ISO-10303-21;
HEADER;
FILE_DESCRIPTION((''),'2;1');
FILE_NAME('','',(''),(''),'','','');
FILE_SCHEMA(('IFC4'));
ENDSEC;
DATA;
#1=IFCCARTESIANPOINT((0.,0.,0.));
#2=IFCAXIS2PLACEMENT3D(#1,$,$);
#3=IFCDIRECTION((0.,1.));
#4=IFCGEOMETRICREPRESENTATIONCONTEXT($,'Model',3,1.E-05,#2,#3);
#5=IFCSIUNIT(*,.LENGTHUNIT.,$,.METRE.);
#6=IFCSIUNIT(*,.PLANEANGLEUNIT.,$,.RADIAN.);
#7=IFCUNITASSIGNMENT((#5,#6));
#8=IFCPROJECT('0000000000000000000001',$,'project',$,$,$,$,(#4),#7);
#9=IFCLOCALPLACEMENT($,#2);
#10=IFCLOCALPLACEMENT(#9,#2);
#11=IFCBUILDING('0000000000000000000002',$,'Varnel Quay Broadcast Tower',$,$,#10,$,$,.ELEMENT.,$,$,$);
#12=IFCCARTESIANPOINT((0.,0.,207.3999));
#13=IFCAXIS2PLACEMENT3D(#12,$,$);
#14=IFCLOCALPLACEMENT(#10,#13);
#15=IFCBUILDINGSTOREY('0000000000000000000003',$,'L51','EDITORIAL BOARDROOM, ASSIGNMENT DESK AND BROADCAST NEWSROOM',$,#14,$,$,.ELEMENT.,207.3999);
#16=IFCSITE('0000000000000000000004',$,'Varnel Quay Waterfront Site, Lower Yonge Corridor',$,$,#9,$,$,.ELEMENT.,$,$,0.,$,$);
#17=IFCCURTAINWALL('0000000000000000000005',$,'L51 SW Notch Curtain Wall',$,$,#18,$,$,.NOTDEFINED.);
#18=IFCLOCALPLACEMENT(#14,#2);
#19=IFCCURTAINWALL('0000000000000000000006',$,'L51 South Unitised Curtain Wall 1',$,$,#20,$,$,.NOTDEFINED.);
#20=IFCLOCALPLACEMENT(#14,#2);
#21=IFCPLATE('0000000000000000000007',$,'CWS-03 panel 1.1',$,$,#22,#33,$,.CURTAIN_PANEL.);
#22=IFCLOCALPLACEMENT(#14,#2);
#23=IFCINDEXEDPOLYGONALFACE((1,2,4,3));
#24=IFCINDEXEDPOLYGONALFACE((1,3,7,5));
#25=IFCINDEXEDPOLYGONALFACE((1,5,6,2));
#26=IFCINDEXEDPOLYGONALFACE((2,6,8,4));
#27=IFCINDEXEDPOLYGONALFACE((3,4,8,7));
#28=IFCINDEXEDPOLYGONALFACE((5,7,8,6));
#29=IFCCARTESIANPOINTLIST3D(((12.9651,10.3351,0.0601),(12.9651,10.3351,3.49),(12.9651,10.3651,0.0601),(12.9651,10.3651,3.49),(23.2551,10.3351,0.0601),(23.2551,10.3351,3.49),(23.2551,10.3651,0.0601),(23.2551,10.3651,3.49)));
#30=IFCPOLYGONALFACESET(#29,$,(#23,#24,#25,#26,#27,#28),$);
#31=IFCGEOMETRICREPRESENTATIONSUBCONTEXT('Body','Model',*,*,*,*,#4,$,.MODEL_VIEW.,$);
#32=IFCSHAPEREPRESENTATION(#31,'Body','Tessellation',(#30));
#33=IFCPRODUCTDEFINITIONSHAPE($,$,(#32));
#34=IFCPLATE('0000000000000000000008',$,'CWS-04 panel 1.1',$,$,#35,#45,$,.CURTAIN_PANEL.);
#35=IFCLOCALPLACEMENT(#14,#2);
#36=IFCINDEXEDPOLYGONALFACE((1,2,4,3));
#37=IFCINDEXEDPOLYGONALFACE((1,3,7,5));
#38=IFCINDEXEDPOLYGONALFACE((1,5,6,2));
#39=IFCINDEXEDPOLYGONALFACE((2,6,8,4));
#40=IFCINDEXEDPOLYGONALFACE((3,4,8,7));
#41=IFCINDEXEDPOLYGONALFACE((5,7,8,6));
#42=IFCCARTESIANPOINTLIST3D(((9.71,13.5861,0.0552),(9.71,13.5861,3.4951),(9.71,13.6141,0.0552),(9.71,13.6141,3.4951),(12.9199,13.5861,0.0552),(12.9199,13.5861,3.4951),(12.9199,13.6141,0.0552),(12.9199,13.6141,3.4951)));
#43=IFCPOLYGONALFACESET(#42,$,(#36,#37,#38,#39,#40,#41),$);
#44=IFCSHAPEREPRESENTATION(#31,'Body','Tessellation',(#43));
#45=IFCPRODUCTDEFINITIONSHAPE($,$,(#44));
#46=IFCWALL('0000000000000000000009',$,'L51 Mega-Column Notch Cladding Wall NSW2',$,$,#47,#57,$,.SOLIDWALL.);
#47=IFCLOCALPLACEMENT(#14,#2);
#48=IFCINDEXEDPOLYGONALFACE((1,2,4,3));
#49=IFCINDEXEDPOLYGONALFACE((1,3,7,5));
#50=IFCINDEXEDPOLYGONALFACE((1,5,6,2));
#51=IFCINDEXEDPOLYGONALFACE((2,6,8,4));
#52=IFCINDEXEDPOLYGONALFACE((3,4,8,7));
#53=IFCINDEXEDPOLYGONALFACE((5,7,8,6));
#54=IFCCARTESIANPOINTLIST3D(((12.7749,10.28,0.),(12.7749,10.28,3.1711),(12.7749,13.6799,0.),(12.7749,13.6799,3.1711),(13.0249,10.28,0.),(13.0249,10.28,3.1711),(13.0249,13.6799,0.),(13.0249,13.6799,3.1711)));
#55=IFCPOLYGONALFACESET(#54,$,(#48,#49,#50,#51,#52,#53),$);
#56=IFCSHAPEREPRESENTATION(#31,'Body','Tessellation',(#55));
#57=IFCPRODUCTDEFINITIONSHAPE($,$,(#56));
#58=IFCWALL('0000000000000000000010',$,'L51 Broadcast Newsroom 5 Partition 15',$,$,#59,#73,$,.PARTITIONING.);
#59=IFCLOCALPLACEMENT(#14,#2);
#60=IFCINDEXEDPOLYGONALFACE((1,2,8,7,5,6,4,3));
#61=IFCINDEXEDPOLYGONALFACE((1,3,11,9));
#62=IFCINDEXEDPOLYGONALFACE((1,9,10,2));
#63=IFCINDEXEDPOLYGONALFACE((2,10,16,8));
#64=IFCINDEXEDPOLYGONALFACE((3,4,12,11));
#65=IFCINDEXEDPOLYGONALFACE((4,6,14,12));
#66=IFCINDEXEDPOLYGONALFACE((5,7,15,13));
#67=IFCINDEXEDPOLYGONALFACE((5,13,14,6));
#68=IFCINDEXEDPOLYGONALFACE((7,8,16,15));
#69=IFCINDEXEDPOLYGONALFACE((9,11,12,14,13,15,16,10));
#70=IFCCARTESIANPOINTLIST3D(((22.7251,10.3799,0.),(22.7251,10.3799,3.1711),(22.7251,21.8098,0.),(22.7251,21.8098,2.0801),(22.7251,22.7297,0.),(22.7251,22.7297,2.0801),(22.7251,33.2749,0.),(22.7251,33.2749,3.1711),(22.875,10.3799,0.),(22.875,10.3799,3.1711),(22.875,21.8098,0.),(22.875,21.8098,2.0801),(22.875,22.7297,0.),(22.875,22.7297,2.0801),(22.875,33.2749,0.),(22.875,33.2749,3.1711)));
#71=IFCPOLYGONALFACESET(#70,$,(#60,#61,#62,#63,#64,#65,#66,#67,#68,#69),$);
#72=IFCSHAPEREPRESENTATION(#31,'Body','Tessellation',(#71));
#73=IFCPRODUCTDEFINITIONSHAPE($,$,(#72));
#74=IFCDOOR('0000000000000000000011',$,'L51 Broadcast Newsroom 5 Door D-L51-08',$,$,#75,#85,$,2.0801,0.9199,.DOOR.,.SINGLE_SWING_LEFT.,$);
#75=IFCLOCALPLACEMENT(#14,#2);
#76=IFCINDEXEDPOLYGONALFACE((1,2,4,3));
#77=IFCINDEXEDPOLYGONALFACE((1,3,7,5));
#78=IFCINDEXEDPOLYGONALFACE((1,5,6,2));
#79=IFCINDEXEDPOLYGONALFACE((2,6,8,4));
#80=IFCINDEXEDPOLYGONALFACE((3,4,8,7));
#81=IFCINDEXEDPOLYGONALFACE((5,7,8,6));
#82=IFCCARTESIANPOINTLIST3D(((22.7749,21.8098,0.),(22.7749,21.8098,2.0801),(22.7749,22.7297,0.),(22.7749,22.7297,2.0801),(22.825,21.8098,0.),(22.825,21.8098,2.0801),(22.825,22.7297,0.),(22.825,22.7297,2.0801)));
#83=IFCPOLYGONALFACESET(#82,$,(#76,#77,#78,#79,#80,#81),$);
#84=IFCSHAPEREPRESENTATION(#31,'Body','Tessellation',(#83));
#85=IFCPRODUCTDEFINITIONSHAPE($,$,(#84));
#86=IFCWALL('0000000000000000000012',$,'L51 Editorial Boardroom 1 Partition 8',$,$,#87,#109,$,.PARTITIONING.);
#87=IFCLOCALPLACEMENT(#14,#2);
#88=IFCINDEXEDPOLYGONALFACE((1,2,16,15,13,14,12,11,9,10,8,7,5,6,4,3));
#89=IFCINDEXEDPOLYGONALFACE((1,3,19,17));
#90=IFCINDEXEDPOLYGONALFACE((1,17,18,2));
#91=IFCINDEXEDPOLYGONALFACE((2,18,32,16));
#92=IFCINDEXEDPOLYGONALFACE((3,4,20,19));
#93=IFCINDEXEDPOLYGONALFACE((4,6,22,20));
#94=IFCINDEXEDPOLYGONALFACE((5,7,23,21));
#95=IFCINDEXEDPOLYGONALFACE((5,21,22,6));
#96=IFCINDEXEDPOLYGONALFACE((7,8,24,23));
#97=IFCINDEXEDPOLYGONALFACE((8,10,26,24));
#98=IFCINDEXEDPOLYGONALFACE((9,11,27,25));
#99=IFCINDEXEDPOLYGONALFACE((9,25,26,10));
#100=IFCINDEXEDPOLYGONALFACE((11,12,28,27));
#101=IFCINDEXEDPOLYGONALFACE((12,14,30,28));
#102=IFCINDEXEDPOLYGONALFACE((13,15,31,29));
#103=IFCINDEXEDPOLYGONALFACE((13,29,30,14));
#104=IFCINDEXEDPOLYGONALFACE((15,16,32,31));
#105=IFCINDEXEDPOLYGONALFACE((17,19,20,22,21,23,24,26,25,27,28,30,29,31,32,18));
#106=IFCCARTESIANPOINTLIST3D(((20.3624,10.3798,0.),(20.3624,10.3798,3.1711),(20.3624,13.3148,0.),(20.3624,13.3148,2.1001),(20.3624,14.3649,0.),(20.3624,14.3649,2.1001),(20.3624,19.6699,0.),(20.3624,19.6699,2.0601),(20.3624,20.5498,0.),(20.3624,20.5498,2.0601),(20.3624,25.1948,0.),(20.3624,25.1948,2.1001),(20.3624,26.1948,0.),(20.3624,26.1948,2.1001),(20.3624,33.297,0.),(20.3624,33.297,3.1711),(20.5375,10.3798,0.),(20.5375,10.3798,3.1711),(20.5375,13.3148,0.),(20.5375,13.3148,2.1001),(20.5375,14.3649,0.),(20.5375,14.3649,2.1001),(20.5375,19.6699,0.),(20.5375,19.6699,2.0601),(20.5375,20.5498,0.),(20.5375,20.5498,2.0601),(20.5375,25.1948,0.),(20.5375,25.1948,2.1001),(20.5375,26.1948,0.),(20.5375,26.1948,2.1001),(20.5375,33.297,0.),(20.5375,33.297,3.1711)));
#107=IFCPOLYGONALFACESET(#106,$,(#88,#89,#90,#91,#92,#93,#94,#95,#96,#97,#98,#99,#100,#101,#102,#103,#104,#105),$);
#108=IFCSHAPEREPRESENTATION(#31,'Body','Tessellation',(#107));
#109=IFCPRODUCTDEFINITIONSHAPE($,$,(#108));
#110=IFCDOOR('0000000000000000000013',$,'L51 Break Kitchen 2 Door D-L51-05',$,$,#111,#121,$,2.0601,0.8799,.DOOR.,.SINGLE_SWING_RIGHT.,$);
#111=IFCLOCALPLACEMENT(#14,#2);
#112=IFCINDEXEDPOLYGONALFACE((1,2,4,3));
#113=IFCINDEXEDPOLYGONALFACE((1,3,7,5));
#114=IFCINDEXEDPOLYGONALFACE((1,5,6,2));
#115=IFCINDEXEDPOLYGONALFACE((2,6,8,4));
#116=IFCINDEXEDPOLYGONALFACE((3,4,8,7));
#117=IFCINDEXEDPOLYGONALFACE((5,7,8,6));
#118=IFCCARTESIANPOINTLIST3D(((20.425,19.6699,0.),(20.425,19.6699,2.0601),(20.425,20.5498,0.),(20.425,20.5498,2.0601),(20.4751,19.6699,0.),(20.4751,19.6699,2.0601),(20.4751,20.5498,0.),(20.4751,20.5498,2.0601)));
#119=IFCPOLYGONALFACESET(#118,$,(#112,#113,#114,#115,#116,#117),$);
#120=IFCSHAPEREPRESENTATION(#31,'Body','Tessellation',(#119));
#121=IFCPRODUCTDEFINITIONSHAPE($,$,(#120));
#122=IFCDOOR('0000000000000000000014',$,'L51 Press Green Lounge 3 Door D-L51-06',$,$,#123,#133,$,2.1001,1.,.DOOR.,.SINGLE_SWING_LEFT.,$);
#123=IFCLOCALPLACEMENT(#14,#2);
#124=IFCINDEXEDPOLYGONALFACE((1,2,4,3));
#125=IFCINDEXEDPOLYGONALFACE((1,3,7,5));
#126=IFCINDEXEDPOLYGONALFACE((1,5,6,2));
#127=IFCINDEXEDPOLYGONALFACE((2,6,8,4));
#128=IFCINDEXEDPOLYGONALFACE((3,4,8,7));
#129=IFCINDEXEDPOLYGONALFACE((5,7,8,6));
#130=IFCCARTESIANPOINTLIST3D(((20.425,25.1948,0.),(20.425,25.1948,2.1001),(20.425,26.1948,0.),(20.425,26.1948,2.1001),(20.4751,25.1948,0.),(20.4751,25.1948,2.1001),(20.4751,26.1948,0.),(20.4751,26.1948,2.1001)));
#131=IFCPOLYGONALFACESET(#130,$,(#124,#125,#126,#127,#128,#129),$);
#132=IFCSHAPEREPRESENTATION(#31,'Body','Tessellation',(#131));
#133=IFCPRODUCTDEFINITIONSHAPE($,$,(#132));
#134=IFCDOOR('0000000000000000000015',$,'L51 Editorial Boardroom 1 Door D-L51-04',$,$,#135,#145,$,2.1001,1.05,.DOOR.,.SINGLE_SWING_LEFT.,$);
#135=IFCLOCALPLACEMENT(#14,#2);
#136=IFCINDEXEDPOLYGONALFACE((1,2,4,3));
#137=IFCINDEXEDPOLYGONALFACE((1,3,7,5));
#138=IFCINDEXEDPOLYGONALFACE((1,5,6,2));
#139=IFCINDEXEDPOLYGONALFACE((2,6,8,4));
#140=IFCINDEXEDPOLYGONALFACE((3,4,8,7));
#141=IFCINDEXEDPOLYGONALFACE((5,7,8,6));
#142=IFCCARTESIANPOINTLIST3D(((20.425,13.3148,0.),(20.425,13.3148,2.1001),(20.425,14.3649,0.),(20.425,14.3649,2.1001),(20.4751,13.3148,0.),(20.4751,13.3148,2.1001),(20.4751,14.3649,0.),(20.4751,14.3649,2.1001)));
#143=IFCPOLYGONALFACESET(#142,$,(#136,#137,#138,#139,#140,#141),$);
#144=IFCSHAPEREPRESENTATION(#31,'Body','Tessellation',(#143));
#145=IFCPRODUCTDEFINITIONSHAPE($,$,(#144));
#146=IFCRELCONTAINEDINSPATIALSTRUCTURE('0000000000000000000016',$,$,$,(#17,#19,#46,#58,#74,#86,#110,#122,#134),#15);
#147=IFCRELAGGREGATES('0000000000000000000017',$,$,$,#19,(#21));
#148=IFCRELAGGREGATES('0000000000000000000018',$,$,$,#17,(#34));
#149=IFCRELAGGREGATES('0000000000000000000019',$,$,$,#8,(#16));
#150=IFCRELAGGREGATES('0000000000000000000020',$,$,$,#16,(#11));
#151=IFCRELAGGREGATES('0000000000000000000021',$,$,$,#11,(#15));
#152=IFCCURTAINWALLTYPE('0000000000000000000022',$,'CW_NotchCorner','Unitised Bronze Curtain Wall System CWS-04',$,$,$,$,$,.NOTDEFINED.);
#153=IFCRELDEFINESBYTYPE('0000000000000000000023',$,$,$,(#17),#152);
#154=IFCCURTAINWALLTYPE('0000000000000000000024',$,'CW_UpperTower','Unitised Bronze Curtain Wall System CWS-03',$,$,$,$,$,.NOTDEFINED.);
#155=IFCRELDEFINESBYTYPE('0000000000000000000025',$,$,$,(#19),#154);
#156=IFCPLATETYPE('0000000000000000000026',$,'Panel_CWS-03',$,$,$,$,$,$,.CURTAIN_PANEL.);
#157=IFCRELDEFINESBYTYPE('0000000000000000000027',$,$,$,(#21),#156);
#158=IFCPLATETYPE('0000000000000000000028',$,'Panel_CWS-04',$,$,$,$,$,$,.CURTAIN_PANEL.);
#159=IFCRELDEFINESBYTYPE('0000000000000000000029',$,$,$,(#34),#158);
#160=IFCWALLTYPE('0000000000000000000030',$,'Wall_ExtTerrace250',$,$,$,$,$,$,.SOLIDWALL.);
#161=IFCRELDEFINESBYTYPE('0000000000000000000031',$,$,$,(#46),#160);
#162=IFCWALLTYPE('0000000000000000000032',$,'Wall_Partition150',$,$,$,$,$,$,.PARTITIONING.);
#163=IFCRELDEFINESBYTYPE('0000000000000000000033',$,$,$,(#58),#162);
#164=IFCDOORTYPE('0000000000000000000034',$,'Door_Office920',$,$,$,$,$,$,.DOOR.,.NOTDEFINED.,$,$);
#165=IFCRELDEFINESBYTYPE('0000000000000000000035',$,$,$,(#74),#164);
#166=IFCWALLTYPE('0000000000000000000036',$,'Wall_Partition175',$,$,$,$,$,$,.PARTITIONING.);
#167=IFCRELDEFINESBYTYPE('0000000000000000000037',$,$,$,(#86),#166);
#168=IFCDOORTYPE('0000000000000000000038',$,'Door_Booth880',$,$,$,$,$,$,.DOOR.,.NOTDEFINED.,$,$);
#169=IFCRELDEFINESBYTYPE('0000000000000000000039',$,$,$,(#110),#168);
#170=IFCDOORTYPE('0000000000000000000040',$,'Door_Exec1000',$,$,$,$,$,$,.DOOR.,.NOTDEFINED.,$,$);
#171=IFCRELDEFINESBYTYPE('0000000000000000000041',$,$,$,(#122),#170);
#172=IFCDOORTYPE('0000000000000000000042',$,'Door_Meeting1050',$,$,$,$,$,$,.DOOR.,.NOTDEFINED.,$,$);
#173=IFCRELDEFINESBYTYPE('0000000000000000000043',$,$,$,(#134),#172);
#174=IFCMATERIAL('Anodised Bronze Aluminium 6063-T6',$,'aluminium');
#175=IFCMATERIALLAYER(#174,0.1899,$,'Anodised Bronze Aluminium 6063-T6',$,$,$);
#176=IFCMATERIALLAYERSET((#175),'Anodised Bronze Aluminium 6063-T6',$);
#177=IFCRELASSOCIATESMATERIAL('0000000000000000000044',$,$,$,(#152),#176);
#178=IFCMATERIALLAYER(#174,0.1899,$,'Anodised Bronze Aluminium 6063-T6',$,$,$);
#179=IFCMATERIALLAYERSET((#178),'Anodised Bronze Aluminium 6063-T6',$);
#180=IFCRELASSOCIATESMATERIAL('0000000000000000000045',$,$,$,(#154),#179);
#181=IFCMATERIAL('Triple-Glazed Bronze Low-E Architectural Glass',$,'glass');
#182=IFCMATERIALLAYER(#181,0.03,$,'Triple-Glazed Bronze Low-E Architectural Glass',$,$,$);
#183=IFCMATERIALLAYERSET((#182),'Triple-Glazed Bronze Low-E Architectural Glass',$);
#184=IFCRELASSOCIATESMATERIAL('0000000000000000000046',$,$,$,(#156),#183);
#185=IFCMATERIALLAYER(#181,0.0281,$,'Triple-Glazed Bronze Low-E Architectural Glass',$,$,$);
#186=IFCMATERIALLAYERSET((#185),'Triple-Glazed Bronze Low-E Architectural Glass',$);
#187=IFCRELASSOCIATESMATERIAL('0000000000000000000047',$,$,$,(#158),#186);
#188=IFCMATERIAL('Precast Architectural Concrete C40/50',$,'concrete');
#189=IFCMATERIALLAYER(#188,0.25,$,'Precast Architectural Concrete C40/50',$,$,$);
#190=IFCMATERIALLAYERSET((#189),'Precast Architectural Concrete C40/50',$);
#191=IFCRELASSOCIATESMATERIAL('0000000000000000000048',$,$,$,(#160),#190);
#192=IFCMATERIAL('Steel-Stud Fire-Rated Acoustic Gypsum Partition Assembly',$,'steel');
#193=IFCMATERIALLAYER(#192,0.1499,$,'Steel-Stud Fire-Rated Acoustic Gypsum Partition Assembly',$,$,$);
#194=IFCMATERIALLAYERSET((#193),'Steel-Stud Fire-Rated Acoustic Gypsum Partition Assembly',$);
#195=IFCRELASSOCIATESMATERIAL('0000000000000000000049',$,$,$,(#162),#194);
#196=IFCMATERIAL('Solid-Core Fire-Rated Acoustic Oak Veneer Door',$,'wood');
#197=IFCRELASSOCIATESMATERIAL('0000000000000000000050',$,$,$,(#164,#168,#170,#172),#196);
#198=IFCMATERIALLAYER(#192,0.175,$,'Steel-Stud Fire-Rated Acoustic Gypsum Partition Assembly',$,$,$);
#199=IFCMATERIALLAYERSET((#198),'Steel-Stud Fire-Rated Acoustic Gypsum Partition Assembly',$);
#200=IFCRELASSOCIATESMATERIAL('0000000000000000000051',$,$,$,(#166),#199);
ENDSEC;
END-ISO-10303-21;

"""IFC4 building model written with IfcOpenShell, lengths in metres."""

from ifc_helpers import new_model, si_unit, direction, frame, frame_2d, origin, origin_2d, place, context, subcontext, project, spatial, rectangle, extrude, source, transform, mapped, material, layer, layer_set, type_object, type_shapes, element, fill, aggregate, save


model = new_model("IFC4")

# Units and contexts
model_context = context("Model", 3, precision=1e-05, world=origin(), true_north=direction((0.0, 1.0)))
body_context = subcontext(model_context, "Body", "Model", "MODEL_VIEW")
ifc_project = project(units=[si_unit("LENGTHUNIT", "METRE"), si_unit("PLANEANGLEUNIT", "RADIAN")], contexts=[model_context])

# Site, building, storey
site_placement = place(None, origin())
site = spatial("IfcSite", under=ifc_project, at=site_placement, Name="Varnel Quay Waterfront Site, Lower Yonge Corridor", CompositionType="ELEMENT", RefElevation=0.0)
building_placement = place(site_placement, origin())
building = spatial("IfcBuilding", under=site, at=building_placement, Name="Varnel Quay Broadcast Tower", CompositionType="ELEMENT")
storey_placement = place(building_placement, frame((0.0, 0.0, 207.3999)))
storey = spatial("IfcBuildingStorey", under=building, at=storey_placement, Name="L51", Description="EDITORIAL BOARDROOM, ASSIGNMENT DESK AND BROADCAST NEWSROOM", CompositionType="ELEMENT", Elevation=207.3999)

# Curtain wall
ifc_material_1 = material(Name="Anodised Bronze Aluminium 6063-T6", Category="aluminium")
ifc_layer_1 = layer(ifc_material_1, 0.1899, Name="Anodised Bronze Aluminium 6063-T6")
ifc_layer_set_1 = layer_set([ifc_layer_1], Name="Anodised Bronze Aluminium 6063-T6")
curtain_wall_type_1 = type_object("IfcCurtainWallType", Name="CW_NotchCorner", Description="Unitised Bronze Curtain Wall System CWS-04", PredefinedType="NOTDEFINED", material=ifc_layer_set_1)
curtain_wall_1_placement = place(storey_placement, origin())
curtain_wall_1 = element("IfcCurtainWall", 1, at=curtain_wall_1_placement, inside=storey, type_object=curtain_wall_type_1, Name="L51 SW Notch Curtain Wall", PredefinedType="NOTDEFINED")

# Curtain wall
ifc_layer_2 = layer(ifc_material_1, 0.1899, Name="Anodised Bronze Aluminium 6063-T6")
ifc_layer_set_2 = layer_set([ifc_layer_2], Name="Anodised Bronze Aluminium 6063-T6")
curtain_wall_type_2 = type_object("IfcCurtainWallType", Name="CW_UpperTower", Description="Unitised Bronze Curtain Wall System CWS-03", PredefinedType="NOTDEFINED", material=ifc_layer_set_2)
curtain_wall_2_placement = place(storey_placement, origin())
curtain_wall_2 = element("IfcCurtainWall", 2, at=curtain_wall_2_placement, inside=storey, type_object=curtain_wall_type_2, Name="L51 South Unitised Curtain Wall 1", PredefinedType="NOTDEFINED")

# Plates
ifc_material_2 = material(Name="Triple-Glazed Bronze Low-E Architectural Glass", Category="glass")
ifc_layer_3 = layer(ifc_material_2, 0.03, Name="Triple-Glazed Bronze Low-E Architectural Glass")
ifc_layer_set_3 = layer_set([ifc_layer_3], Name="Triple-Glazed Bronze Low-E Architectural Glass")
plate_type_1 = type_object("IfcPlateType", Name="Panel_CWS-03", PredefinedType="CURTAIN_PANEL", material=ifc_layer_set_3)
shared_shape_1 = source(origin(), body_context, "Body", "SweptSolid", [
    extrude(rectangle(XDim=10.29, YDim=0.03, at=origin_2d()), origin(), (0.0, 0.0, 1.0), 3.4299),
])
type_shapes(plate_type_1, [shared_shape_1])
plate_1_placement = place(storey_placement, frame((18.1101, 10.3501, 0.0601), z_axis=(0.0, 0.0, 1.0), x_axis=(1.0, 0.0, 0.0)))
plate_1 = element("IfcPlate", 3, at=plate_1_placement, type_object=plate_type_1, Name="CWS-03 panel 1.1", PredefinedType="CURTAIN_PANEL", context=body_context, shape_type="MappedRepresentation", body=[
    mapped(shared_shape_1, transform((0.0, 0.0, 0.0), x_axis=(1.0, 0.0, 0.0), y_axis=(0.0, 1.0, 0.0), z_axis=(0.0, 0.0, 1.0), scale=1.0)),
])
aggregate(curtain_wall_2, [plate_1])
ifc_layer_4 = layer(ifc_material_2, 0.0281, Name="Triple-Glazed Bronze Low-E Architectural Glass")
ifc_layer_set_4 = layer_set([ifc_layer_4], Name="Triple-Glazed Bronze Low-E Architectural Glass")
plate_type_2 = type_object("IfcPlateType", Name="Panel_CWS-04", PredefinedType="CURTAIN_PANEL", material=ifc_layer_set_4)
shared_shape_2 = source(origin(), body_context, "Body", "SweptSolid", [
    extrude(rectangle(XDim=3.21, YDim=0.0281, at=origin_2d()), origin(), (0.0, 0.0, 1.0), 3.4399),
])
type_shapes(plate_type_2, [shared_shape_2])
plate_2_placement = place(storey_placement, frame((11.3149, 13.6001, 0.0552), z_axis=(0.0, 0.0, 1.0), x_axis=(1.0, 0.0, 0.0)))
plate_2 = element("IfcPlate", 4, at=plate_2_placement, type_object=plate_type_2, Name="CWS-04 panel 1.1", PredefinedType="CURTAIN_PANEL", context=body_context, shape_type="MappedRepresentation", body=[
    mapped(shared_shape_2, transform((0.0, 0.0, 0.0), x_axis=(1.0, 0.0, 0.0), y_axis=(0.0, 1.0, 0.0), z_axis=(0.0, 0.0, 1.0), scale=1.0)),
])
aggregate(curtain_wall_1, [plate_2])

# Shared definitions
ifc_material_3 = material(Name="Precast Architectural Concrete C40/50", Category="concrete")
ifc_layer_5 = layer(ifc_material_3, 0.25, Name="Precast Architectural Concrete C40/50")
ifc_layer_set_5 = layer_set([ifc_layer_5], Name="Precast Architectural Concrete C40/50")
wall_type_1 = type_object("IfcWallType", Name="Wall_ExtTerrace250", PredefinedType="SOLIDWALL", material=ifc_layer_set_5)

# Wall
wall_1_placement = place(storey_placement, frame((12.8999, 10.28, 0.0), z_axis=(0.0, 0.0, 1.0), x_axis=(0.0, 1.0, 0.0)))
element("IfcWall", 5, at=wall_1_placement, inside=storey, type_object=wall_type_1, Name="L51 Mega-Column Notch Cladding Wall NSW2", PredefinedType="SOLIDWALL", context=body_context, shape_type="SweptSolid", body=[
    extrude(rectangle(XDim=3.3999, YDim=0.25, at=frame_2d((1.7, 0.0))), origin(), (0.0, 0.0, 1.0), 3.1711),
])

# Wall, opening, door
ifc_material_4 = material(Name="Steel-Stud Fire-Rated Acoustic Gypsum Partition Assembly", Category="steel")
ifc_layer_6 = layer(ifc_material_4, 0.1499, Name="Steel-Stud Fire-Rated Acoustic Gypsum Partition Assembly")
ifc_layer_set_6 = layer_set([ifc_layer_6], Name="Steel-Stud Fire-Rated Acoustic Gypsum Partition Assembly")
wall_type_2 = type_object("IfcWallType", Name="Wall_Partition150", PredefinedType="PARTITIONING", material=ifc_layer_set_6)
wall_2_placement = place(storey_placement, frame((22.8, 10.3799, 0.0), z_axis=(0.0, 0.0, 1.0), x_axis=(0.0, 1.0, 0.0)))
wall_2 = element("IfcWall", 6, at=wall_2_placement, inside=storey, type_object=wall_type_2, Name="L51 Broadcast Newsroom 5 Partition 15", PredefinedType="PARTITIONING", context=body_context, shape_type="SweptSolid", body=[
    extrude(rectangle(XDim=22.895, YDim=0.1499, at=frame_2d((11.4475, 0.0))), origin(), (0.0, 0.0, 1.0), 3.1711),
])
opening_1_placement = place(wall_2_placement, frame((11.4299, 0.0, 0.0)))
opening_1 = element("IfcOpeningElement", 7, at=opening_1_placement, cuts=wall_2, PredefinedType="OPENING", context=body_context, shape_type="SweptSolid", body=[
    extrude(rectangle(XDim=0.9199, YDim=2.0801, at=frame_2d((0.46, 1.04))), frame((0.0, 0.085, 0.0), z_axis=(0.0, -1.0, 0.0), x_axis=(1.0, 0.0, 0.0)), (0.0, 0.0, 1.0), 0.1699),
])
ifc_material_5 = material(Name="Solid-Core Fire-Rated Acoustic Oak Veneer Door", Category="wood")
door_type_1 = type_object("IfcDoorType", Name="Door_Office920", OperationType="NOTDEFINED", PredefinedType="DOOR", material=ifc_material_5)
shared_shape_3 = source(origin(), body_context, "Body", "SweptSolid", [
    extrude(rectangle(XDim=0.9199, YDim=2.0801, at=frame_2d((0.46, 1.04))), frame((0.0, 0.0249, 0.0), z_axis=(0.0, -1.0, 0.0), x_axis=(1.0, 0.0, 0.0)), (0.0, 0.0, 1.0), 0.05),
])
type_shapes(door_type_1, [shared_shape_3])
door_1_placement = place(opening_1_placement, frame((0.9199, 0.0, 0.0), z_axis=(0.0, 0.0, 1.0), x_axis=(-1.0, 0.0, 0.0)))
door_1 = element("IfcDoor", 8, at=door_1_placement, inside=storey, type_object=door_type_1, Name="L51 Broadcast Newsroom 5 Door D-L51-08", OperationType="SINGLE_SWING_LEFT", OverallHeight=2.0801, OverallWidth=0.9199, PredefinedType="DOOR", context=body_context, shape_type="MappedRepresentation", body=[
    mapped(shared_shape_3, transform((0.0, 0.0, 0.0), x_axis=(1.0, 0.0, 0.0), y_axis=(0.0, 1.0, 0.0), z_axis=(0.0, 0.0, 1.0), scale=1.0)),
])
fill(opening_1, door_1)

# Wall, openings, doors
ifc_layer_7 = layer(ifc_material_4, 0.175, Name="Steel-Stud Fire-Rated Acoustic Gypsum Partition Assembly")
ifc_layer_set_7 = layer_set([ifc_layer_7], Name="Steel-Stud Fire-Rated Acoustic Gypsum Partition Assembly")
wall_type_3 = type_object("IfcWallType", Name="Wall_Partition175", PredefinedType="PARTITIONING", material=ifc_layer_set_7)
wall_3_placement = place(storey_placement, frame((20.45, 10.3799, 0.0), z_axis=(0.0, 0.0, 1.0), x_axis=(0.0, 1.0, 0.0)))
wall_3 = element("IfcWall", 9, at=wall_3_placement, inside=storey, type_object=wall_type_3, Name="L51 Editorial Boardroom 1 Partition 8", PredefinedType="PARTITIONING", context=body_context, shape_type="SweptSolid", body=[
    extrude(rectangle(XDim=22.9172, YDim=0.175, at=frame_2d((11.4585, 0.0))), origin(), (0.0, 0.0, 1.0), 3.1711),
])
opening_2_placement = place(wall_3_placement, frame((2.9351, 0.0, 0.0)))
opening_2 = element("IfcOpeningElement", 10, at=opening_2_placement, cuts=wall_3, PredefinedType="OPENING", context=body_context, shape_type="SweptSolid", body=[
    extrude(rectangle(XDim=1.05, YDim=2.1001, at=frame_2d((0.5249, 1.05))), frame((0.0, 0.0977, 0.0), z_axis=(0.0, -1.0, 0.0), x_axis=(1.0, 0.0, 0.0)), (0.0, 0.0, 1.0), 0.1951),
])
opening_3_placement = place(wall_3_placement, frame((9.29, 0.0, 0.0)))
opening_3 = element("IfcOpeningElement", 11, at=opening_3_placement, cuts=wall_3, PredefinedType="OPENING", context=body_context, shape_type="SweptSolid", body=[
    extrude(rectangle(XDim=0.8799, YDim=2.0601, at=frame_2d((0.4399, 1.03))), frame((0.0, 0.0977, 0.0), z_axis=(0.0, -1.0, 0.0), x_axis=(1.0, 0.0, 0.0)), (0.0, 0.0, 1.0), 0.1951),
])
opening_4_placement = place(wall_3_placement, frame((14.8149, 0.0, 0.0)))
opening_4 = element("IfcOpeningElement", 12, at=opening_4_placement, cuts=wall_3, PredefinedType="OPENING", context=body_context, shape_type="SweptSolid", body=[
    extrude(rectangle(XDim=1.0, YDim=2.1001, at=frame_2d((0.5, 1.05))), frame((0.0, 0.0977, 0.0), z_axis=(0.0, -1.0, 0.0), x_axis=(1.0, 0.0, 0.0)), (0.0, 0.0, 1.0), 0.1951),
])
door_type_2 = type_object("IfcDoorType", Name="Door_Booth880", OperationType="NOTDEFINED", PredefinedType="DOOR", material=ifc_material_5)
shared_shape_4 = source(origin(), body_context, "Body", "SweptSolid", [
    extrude(rectangle(XDim=0.8799, YDim=2.0601, at=frame_2d((0.4399, 1.03))), frame((0.0, 0.0249, 0.0), z_axis=(0.0, -1.0, 0.0), x_axis=(1.0, 0.0, 0.0)), (0.0, 0.0, 1.0), 0.05),
])
type_shapes(door_type_2, [shared_shape_4])
door_2_placement = place(opening_3_placement, origin())
door_2 = element("IfcDoor", 13, at=door_2_placement, inside=storey, type_object=door_type_2, Name="L51 Break Kitchen 2 Door D-L51-05", OperationType="SINGLE_SWING_RIGHT", OverallHeight=2.0601, OverallWidth=0.8799, PredefinedType="DOOR", context=body_context, shape_type="MappedRepresentation", body=[
    mapped(shared_shape_4, transform((0.0, 0.0, 0.0), x_axis=(1.0, 0.0, 0.0), y_axis=(0.0, 1.0, 0.0), z_axis=(0.0, 0.0, 1.0), scale=1.0)),
])
fill(opening_3, door_2)
door_type_3 = type_object("IfcDoorType", Name="Door_Exec1000", OperationType="NOTDEFINED", PredefinedType="DOOR", material=ifc_material_5)
shared_shape_5 = source(origin(), body_context, "Body", "SweptSolid", [
    extrude(rectangle(XDim=1.0, YDim=2.1001, at=frame_2d((0.5, 1.05))), frame((0.0, 0.0249, 0.0), z_axis=(0.0, -1.0, 0.0), x_axis=(1.0, 0.0, 0.0)), (0.0, 0.0, 1.0), 0.05),
])
type_shapes(door_type_3, [shared_shape_5])
door_3_placement = place(opening_4_placement, origin())
door_3 = element("IfcDoor", 14, at=door_3_placement, inside=storey, type_object=door_type_3, Name="L51 Press Green Lounge 3 Door D-L51-06", OperationType="SINGLE_SWING_LEFT", OverallHeight=2.1001, OverallWidth=1.0, PredefinedType="DOOR", context=body_context, shape_type="MappedRepresentation", body=[
    mapped(shared_shape_5, transform((0.0, 0.0, 0.0), x_axis=(1.0, 0.0, 0.0), y_axis=(0.0, 1.0, 0.0), z_axis=(0.0, 0.0, 1.0), scale=1.0)),
])
fill(opening_4, door_3)
door_type_4 = type_object("IfcDoorType", Name="Door_Meeting1050", OperationType="NOTDEFINED", PredefinedType="DOOR", material=ifc_material_5)
shared_shape_6 = source(origin(), body_context, "Body", "SweptSolid", [
    extrude(rectangle(XDim=1.05, YDim=2.1001, at=frame_2d((0.5249, 1.05))), frame((0.0, 0.0249, 0.0), z_axis=(0.0, -1.0, 0.0), x_axis=(1.0, 0.0, 0.0)), (0.0, 0.0, 1.0), 0.05),
])
type_shapes(door_type_4, [shared_shape_6])
door_4_placement = place(opening_2_placement, origin())
door_4 = element("IfcDoor", 15, at=door_4_placement, inside=storey, type_object=door_type_4, Name="L51 Editorial Boardroom 1 Door D-L51-04", OperationType="SINGLE_SWING_LEFT", OverallHeight=2.1001, OverallWidth=1.05, PredefinedType="DOOR", context=body_context, shape_type="MappedRepresentation", body=[
    mapped(shared_shape_6, transform((0.0, 0.0, 0.0), x_axis=(1.0, 0.0, 0.0), y_axis=(0.0, 1.0, 0.0), z_axis=(0.0, 0.0, 1.0), scale=1.0)),
])
fill(opening_2, door_4)

save(model, "model.ifc")
